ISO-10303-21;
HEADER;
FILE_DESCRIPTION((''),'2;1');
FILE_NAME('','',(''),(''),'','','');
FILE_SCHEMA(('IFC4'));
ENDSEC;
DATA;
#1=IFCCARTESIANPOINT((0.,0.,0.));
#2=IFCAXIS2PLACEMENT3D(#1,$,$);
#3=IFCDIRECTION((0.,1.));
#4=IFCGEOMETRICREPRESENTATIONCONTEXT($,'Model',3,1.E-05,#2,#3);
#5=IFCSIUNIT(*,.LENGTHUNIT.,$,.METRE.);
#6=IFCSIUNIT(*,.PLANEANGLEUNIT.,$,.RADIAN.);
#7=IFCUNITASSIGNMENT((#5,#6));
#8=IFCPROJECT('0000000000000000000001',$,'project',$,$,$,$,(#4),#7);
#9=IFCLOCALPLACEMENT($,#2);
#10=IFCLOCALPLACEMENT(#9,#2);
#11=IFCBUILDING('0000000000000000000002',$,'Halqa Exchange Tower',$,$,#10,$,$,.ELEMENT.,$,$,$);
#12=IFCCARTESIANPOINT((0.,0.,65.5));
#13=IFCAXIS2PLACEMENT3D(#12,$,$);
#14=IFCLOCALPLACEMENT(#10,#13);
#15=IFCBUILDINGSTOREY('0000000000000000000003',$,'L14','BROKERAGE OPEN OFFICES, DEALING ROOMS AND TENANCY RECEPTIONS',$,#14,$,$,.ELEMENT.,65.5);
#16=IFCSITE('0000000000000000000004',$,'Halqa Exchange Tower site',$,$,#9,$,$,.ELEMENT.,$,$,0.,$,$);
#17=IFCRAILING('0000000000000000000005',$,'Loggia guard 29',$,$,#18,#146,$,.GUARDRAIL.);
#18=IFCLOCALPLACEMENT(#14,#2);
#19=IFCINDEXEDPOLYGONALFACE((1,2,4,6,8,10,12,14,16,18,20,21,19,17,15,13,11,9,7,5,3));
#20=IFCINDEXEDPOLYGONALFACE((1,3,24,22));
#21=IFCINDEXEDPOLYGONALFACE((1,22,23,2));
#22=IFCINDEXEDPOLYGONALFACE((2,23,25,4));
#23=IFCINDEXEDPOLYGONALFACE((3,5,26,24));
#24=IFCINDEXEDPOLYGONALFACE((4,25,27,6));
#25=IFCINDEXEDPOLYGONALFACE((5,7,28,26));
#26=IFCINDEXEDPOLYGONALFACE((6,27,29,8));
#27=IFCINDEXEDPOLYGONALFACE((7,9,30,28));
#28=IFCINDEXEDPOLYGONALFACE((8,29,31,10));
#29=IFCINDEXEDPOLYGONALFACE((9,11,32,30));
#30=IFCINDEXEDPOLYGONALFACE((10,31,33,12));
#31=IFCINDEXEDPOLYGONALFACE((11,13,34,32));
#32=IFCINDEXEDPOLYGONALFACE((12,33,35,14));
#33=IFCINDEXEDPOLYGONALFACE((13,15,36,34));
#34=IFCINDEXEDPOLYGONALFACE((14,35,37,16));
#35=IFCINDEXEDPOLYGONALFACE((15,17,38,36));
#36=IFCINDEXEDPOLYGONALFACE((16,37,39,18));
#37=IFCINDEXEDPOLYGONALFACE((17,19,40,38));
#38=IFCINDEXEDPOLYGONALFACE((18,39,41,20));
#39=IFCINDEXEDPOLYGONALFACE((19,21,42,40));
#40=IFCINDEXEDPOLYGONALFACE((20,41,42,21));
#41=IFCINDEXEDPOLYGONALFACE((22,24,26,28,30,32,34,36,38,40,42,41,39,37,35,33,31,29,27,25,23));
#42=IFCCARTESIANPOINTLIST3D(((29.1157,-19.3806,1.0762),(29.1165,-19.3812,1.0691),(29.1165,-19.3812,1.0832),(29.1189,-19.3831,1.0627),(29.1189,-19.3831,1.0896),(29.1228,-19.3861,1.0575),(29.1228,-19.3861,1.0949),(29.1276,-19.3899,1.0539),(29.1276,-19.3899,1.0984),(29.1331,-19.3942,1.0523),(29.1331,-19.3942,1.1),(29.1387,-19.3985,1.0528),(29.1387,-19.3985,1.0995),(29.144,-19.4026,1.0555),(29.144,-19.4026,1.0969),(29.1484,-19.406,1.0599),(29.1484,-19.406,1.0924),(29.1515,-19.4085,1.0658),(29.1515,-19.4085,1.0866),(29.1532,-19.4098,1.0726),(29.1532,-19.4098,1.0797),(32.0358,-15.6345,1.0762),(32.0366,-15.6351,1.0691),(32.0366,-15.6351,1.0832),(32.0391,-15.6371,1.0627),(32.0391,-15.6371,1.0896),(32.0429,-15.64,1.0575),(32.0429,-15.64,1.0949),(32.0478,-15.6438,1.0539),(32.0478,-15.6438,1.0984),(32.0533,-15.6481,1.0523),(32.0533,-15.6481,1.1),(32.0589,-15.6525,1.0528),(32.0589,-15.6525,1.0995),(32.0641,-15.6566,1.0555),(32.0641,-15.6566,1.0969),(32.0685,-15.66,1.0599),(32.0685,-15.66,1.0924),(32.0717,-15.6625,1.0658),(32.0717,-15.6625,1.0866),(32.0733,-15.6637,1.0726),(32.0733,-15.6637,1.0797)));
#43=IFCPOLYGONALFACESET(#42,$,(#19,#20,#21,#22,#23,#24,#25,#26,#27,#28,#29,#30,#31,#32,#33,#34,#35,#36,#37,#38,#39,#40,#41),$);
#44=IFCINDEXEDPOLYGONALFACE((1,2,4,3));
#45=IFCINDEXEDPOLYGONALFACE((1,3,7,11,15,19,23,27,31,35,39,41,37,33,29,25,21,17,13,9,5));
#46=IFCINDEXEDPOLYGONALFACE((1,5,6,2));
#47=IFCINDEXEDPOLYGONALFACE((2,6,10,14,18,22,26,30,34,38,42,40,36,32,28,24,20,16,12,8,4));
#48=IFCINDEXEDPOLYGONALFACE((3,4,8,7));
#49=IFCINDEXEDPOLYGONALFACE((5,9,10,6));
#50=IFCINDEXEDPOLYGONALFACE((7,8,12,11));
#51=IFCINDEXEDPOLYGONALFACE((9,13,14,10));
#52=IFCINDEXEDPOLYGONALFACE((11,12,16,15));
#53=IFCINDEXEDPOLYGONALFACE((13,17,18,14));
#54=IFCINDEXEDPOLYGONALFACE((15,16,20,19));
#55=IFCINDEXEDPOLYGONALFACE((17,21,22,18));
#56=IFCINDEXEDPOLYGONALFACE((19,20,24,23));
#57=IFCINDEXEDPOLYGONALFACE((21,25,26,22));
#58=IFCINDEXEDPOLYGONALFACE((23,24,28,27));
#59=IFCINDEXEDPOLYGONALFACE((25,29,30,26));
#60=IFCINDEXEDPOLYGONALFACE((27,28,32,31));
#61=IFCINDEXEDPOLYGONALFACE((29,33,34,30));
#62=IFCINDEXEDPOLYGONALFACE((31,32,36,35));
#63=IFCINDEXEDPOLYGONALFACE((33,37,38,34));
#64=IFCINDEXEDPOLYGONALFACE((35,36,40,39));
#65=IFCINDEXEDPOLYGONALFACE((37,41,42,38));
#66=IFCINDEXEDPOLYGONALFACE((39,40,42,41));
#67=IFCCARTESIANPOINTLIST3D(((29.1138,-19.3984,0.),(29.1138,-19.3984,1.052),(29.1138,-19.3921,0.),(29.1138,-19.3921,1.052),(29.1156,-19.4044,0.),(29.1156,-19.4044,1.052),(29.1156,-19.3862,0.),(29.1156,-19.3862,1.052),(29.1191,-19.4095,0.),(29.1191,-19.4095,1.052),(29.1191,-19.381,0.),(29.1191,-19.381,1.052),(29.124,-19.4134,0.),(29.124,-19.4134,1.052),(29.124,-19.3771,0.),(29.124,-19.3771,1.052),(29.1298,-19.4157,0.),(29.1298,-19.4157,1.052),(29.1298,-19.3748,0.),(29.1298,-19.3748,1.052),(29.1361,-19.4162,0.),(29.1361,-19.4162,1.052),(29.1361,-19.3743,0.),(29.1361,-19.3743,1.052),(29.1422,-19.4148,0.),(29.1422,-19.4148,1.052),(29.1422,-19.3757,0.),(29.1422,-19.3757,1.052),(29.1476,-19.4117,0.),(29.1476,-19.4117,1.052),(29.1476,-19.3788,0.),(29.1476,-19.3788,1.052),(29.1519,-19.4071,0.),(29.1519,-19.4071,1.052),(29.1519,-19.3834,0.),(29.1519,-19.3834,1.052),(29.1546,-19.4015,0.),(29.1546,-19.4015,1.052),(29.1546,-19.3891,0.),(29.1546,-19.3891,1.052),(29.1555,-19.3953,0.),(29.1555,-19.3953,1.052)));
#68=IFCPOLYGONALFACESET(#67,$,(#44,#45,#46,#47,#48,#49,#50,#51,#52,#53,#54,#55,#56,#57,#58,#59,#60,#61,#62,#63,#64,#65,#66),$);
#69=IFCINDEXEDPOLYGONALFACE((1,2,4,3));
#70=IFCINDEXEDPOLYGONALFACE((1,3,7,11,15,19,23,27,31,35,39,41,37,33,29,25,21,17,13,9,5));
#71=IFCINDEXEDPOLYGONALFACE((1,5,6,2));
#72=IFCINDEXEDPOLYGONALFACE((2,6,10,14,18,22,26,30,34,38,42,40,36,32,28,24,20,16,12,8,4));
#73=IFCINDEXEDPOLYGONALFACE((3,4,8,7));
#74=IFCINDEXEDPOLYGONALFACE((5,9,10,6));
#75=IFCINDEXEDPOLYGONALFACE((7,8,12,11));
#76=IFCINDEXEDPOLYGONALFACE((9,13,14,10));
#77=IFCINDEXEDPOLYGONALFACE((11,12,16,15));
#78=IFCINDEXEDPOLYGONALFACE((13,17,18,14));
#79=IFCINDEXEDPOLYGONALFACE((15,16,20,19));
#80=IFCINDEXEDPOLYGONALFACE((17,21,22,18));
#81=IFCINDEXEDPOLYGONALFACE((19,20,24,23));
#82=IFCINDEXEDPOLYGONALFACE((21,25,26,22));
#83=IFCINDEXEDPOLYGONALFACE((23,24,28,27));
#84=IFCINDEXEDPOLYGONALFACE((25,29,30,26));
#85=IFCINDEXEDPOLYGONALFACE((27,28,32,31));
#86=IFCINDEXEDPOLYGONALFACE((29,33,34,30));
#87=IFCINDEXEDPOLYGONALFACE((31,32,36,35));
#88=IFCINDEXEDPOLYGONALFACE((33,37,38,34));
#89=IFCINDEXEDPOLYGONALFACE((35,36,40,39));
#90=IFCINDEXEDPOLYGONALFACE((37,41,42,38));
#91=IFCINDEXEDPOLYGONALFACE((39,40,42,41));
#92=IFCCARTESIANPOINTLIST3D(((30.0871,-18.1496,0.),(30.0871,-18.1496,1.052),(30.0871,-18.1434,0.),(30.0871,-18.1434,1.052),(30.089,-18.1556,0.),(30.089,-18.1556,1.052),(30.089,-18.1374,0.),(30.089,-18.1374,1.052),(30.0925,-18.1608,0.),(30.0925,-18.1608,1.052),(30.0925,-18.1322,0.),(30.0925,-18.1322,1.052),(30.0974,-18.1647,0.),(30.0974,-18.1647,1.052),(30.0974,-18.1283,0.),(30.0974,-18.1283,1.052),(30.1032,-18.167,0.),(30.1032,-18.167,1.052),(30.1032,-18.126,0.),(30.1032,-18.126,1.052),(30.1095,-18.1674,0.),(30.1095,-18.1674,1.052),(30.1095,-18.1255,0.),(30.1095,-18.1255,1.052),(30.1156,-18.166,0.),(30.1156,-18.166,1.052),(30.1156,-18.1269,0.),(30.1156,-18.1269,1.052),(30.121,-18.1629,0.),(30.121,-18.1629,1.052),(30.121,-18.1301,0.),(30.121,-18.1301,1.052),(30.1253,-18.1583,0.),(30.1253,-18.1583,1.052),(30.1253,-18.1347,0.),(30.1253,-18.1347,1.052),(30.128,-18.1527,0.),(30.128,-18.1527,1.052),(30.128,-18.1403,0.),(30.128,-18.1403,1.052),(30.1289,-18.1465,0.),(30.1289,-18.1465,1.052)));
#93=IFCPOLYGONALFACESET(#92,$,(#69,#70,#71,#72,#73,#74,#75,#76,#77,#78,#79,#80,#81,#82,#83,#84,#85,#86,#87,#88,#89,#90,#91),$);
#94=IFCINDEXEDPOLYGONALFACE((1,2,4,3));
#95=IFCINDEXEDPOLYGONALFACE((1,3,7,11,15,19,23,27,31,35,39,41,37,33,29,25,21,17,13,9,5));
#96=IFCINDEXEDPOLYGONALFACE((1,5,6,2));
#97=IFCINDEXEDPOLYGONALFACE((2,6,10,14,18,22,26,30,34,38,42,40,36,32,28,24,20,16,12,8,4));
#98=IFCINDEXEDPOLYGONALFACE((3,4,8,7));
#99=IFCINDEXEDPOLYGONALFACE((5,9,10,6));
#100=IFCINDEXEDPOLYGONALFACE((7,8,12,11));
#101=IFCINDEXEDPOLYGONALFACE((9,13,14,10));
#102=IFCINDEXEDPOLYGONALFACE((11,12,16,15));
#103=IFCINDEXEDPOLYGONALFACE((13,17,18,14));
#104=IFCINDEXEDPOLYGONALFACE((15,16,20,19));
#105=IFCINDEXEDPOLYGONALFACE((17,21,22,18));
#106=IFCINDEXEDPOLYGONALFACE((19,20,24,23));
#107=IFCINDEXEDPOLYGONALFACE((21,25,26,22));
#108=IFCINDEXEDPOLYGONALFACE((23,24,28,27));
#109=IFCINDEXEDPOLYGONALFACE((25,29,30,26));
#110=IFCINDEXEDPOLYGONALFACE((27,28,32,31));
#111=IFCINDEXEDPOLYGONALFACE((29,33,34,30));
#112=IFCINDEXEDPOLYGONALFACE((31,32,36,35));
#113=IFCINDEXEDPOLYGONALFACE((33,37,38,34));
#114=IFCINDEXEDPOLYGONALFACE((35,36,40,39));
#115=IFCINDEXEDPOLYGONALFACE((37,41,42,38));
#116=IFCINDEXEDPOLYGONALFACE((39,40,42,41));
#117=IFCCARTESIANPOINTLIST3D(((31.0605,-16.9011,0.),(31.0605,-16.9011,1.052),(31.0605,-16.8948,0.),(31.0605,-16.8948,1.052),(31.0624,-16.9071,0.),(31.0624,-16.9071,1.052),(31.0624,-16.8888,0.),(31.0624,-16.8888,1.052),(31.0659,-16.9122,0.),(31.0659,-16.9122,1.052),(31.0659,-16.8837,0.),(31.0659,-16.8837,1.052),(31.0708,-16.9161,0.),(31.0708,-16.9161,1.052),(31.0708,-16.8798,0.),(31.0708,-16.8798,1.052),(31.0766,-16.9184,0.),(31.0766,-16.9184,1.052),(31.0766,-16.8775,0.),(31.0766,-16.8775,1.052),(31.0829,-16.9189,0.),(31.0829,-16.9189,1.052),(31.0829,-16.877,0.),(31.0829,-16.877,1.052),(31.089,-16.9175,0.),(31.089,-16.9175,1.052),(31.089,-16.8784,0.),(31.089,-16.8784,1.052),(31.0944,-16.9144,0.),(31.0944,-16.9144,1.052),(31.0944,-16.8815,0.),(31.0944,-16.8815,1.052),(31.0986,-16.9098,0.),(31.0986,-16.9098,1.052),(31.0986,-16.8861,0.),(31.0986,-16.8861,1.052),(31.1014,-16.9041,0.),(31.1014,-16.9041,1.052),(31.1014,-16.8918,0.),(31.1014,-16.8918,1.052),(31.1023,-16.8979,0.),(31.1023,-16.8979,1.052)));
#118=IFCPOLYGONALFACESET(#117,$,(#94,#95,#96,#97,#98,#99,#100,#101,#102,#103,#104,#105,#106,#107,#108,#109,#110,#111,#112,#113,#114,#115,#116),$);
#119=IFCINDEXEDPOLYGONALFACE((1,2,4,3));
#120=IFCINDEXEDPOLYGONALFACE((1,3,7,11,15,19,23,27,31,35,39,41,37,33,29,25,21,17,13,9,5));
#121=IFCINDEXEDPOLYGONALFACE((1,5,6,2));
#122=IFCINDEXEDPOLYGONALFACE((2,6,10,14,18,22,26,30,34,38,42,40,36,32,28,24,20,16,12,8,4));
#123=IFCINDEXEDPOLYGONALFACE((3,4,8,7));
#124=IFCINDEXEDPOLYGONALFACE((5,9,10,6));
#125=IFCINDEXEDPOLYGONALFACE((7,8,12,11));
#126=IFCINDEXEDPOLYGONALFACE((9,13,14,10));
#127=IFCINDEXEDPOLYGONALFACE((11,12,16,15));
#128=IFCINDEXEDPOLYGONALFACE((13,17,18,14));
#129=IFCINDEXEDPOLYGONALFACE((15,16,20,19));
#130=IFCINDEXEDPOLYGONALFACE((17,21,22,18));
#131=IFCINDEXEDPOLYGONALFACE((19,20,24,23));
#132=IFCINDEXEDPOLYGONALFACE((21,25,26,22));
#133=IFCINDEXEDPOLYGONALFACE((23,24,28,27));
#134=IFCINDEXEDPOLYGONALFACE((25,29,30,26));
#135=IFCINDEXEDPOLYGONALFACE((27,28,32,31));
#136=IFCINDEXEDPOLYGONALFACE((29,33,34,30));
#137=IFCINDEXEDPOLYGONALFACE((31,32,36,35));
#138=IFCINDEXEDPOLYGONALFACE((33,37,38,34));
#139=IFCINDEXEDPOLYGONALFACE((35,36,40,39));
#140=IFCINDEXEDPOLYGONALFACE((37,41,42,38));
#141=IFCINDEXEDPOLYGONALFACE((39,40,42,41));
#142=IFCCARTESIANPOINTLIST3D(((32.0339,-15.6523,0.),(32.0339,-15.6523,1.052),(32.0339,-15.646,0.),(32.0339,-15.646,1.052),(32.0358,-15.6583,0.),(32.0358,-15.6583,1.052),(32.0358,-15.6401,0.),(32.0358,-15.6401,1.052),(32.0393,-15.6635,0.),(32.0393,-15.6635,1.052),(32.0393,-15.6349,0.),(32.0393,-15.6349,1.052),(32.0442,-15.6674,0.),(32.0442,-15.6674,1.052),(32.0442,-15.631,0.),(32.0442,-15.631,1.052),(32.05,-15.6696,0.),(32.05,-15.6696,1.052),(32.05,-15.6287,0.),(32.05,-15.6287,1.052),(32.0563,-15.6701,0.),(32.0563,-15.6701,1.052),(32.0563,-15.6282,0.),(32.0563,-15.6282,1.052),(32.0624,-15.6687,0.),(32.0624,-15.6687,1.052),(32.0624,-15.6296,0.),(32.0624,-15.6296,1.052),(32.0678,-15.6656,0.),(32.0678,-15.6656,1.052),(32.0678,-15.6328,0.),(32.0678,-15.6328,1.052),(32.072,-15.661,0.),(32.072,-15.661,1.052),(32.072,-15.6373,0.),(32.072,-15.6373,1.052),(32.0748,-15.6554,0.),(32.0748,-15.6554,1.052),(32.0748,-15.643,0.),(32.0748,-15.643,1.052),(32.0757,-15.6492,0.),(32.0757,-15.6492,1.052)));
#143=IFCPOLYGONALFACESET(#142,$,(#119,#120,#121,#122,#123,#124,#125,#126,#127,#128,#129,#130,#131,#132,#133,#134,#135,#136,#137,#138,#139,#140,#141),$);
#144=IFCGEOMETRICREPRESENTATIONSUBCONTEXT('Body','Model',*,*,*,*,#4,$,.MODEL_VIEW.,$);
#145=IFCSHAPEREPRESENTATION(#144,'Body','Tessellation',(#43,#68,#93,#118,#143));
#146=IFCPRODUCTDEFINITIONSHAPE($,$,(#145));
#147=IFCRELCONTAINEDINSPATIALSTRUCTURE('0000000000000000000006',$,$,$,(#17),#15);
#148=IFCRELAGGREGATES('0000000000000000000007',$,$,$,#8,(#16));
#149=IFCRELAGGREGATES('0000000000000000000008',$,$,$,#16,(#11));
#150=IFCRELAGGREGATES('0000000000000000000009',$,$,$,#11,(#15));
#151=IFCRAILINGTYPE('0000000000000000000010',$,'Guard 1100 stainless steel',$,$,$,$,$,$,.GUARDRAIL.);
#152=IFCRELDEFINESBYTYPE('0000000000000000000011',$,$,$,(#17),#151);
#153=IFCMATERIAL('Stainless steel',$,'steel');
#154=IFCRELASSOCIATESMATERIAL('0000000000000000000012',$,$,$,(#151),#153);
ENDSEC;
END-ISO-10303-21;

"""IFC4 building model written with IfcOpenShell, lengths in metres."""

from ifc_helpers import new_model, si_unit, direction, frame, origin, origin_2d, place, context, subcontext, project, spatial, circle, extrude, material, type_object, element, save


model = new_model("IFC4")

# Units and contexts
model_context = context("Model", 3, precision=1e-05, world=origin(), true_north=direction((0.0, 1.0)))
body_context = subcontext(model_context, "Body", "Model", "MODEL_VIEW")
ifc_project = project(units=[si_unit("LENGTHUNIT", "METRE"), si_unit("PLANEANGLEUNIT", "RADIAN")], contexts=[model_context])

# Site, building, storey
site_placement = place(None, origin())
site = spatial("IfcSite", under=ifc_project, at=site_placement, Name="Halqa Exchange Tower site", CompositionType="ELEMENT", RefElevation=0.0)
building_placement = place(site_placement, origin())
building = spatial("IfcBuilding", under=site, at=building_placement, Name="Halqa Exchange Tower", CompositionType="ELEMENT")
storey_placement = place(building_placement, frame((0.0, 0.0, 65.5)))
storey = spatial("IfcBuildingStorey", under=building, at=storey_placement, Name="L14", Description="BROKERAGE OPEN OFFICES, DEALING ROOMS AND TENANCY RECEPTIONS", CompositionType="ELEMENT", Elevation=65.5)

# Railing
ifc_material_1 = material(Name="Stainless steel", Category="steel")
railing_type = type_object("IfcRailingType", Name="Guard 1100 stainless steel", PredefinedType="GUARDRAIL", material=ifc_material_1)
railing_1_placement = place(storey_placement, frame((29.1345, -19.3953, 0.0)))
element("IfcRailing", 1, at=railing_1_placement, inside=storey, type_object=railing_type, Name="Loggia guard 29", PredefinedType="GUARDRAIL", context=body_context, shape_type="SweptSolid", body=[
    extrude(circle(Radius=0.0239, at=origin_2d()), frame((0.0, 0.0, 1.0762), z_axis=(0.614798, 0.788685, 0.0), x_axis=(-0.788685, 0.614798, 0.0)), (0.0, 0.0, 1.0), 4.7498),
    extrude(circle(Radius=0.021, at=origin_2d()), origin(), (0.0, 0.0, 1.0), 1.052),
    extrude(circle(Radius=0.021, at=origin_2d()), frame((0.9734, 1.2488, 0.0)), (0.0, 0.0, 1.0), 1.052),
    extrude(circle(Radius=0.021, at=origin_2d()), frame((1.9468, 2.4973, 0.0)), (0.0, 0.0, 1.0), 1.052),
    extrude(circle(Radius=0.021, at=origin_2d()), frame((2.9202, 3.7461, 0.0)), (0.0, 0.0, 1.0), 1.052),
])

save(model, "model.ifc")
